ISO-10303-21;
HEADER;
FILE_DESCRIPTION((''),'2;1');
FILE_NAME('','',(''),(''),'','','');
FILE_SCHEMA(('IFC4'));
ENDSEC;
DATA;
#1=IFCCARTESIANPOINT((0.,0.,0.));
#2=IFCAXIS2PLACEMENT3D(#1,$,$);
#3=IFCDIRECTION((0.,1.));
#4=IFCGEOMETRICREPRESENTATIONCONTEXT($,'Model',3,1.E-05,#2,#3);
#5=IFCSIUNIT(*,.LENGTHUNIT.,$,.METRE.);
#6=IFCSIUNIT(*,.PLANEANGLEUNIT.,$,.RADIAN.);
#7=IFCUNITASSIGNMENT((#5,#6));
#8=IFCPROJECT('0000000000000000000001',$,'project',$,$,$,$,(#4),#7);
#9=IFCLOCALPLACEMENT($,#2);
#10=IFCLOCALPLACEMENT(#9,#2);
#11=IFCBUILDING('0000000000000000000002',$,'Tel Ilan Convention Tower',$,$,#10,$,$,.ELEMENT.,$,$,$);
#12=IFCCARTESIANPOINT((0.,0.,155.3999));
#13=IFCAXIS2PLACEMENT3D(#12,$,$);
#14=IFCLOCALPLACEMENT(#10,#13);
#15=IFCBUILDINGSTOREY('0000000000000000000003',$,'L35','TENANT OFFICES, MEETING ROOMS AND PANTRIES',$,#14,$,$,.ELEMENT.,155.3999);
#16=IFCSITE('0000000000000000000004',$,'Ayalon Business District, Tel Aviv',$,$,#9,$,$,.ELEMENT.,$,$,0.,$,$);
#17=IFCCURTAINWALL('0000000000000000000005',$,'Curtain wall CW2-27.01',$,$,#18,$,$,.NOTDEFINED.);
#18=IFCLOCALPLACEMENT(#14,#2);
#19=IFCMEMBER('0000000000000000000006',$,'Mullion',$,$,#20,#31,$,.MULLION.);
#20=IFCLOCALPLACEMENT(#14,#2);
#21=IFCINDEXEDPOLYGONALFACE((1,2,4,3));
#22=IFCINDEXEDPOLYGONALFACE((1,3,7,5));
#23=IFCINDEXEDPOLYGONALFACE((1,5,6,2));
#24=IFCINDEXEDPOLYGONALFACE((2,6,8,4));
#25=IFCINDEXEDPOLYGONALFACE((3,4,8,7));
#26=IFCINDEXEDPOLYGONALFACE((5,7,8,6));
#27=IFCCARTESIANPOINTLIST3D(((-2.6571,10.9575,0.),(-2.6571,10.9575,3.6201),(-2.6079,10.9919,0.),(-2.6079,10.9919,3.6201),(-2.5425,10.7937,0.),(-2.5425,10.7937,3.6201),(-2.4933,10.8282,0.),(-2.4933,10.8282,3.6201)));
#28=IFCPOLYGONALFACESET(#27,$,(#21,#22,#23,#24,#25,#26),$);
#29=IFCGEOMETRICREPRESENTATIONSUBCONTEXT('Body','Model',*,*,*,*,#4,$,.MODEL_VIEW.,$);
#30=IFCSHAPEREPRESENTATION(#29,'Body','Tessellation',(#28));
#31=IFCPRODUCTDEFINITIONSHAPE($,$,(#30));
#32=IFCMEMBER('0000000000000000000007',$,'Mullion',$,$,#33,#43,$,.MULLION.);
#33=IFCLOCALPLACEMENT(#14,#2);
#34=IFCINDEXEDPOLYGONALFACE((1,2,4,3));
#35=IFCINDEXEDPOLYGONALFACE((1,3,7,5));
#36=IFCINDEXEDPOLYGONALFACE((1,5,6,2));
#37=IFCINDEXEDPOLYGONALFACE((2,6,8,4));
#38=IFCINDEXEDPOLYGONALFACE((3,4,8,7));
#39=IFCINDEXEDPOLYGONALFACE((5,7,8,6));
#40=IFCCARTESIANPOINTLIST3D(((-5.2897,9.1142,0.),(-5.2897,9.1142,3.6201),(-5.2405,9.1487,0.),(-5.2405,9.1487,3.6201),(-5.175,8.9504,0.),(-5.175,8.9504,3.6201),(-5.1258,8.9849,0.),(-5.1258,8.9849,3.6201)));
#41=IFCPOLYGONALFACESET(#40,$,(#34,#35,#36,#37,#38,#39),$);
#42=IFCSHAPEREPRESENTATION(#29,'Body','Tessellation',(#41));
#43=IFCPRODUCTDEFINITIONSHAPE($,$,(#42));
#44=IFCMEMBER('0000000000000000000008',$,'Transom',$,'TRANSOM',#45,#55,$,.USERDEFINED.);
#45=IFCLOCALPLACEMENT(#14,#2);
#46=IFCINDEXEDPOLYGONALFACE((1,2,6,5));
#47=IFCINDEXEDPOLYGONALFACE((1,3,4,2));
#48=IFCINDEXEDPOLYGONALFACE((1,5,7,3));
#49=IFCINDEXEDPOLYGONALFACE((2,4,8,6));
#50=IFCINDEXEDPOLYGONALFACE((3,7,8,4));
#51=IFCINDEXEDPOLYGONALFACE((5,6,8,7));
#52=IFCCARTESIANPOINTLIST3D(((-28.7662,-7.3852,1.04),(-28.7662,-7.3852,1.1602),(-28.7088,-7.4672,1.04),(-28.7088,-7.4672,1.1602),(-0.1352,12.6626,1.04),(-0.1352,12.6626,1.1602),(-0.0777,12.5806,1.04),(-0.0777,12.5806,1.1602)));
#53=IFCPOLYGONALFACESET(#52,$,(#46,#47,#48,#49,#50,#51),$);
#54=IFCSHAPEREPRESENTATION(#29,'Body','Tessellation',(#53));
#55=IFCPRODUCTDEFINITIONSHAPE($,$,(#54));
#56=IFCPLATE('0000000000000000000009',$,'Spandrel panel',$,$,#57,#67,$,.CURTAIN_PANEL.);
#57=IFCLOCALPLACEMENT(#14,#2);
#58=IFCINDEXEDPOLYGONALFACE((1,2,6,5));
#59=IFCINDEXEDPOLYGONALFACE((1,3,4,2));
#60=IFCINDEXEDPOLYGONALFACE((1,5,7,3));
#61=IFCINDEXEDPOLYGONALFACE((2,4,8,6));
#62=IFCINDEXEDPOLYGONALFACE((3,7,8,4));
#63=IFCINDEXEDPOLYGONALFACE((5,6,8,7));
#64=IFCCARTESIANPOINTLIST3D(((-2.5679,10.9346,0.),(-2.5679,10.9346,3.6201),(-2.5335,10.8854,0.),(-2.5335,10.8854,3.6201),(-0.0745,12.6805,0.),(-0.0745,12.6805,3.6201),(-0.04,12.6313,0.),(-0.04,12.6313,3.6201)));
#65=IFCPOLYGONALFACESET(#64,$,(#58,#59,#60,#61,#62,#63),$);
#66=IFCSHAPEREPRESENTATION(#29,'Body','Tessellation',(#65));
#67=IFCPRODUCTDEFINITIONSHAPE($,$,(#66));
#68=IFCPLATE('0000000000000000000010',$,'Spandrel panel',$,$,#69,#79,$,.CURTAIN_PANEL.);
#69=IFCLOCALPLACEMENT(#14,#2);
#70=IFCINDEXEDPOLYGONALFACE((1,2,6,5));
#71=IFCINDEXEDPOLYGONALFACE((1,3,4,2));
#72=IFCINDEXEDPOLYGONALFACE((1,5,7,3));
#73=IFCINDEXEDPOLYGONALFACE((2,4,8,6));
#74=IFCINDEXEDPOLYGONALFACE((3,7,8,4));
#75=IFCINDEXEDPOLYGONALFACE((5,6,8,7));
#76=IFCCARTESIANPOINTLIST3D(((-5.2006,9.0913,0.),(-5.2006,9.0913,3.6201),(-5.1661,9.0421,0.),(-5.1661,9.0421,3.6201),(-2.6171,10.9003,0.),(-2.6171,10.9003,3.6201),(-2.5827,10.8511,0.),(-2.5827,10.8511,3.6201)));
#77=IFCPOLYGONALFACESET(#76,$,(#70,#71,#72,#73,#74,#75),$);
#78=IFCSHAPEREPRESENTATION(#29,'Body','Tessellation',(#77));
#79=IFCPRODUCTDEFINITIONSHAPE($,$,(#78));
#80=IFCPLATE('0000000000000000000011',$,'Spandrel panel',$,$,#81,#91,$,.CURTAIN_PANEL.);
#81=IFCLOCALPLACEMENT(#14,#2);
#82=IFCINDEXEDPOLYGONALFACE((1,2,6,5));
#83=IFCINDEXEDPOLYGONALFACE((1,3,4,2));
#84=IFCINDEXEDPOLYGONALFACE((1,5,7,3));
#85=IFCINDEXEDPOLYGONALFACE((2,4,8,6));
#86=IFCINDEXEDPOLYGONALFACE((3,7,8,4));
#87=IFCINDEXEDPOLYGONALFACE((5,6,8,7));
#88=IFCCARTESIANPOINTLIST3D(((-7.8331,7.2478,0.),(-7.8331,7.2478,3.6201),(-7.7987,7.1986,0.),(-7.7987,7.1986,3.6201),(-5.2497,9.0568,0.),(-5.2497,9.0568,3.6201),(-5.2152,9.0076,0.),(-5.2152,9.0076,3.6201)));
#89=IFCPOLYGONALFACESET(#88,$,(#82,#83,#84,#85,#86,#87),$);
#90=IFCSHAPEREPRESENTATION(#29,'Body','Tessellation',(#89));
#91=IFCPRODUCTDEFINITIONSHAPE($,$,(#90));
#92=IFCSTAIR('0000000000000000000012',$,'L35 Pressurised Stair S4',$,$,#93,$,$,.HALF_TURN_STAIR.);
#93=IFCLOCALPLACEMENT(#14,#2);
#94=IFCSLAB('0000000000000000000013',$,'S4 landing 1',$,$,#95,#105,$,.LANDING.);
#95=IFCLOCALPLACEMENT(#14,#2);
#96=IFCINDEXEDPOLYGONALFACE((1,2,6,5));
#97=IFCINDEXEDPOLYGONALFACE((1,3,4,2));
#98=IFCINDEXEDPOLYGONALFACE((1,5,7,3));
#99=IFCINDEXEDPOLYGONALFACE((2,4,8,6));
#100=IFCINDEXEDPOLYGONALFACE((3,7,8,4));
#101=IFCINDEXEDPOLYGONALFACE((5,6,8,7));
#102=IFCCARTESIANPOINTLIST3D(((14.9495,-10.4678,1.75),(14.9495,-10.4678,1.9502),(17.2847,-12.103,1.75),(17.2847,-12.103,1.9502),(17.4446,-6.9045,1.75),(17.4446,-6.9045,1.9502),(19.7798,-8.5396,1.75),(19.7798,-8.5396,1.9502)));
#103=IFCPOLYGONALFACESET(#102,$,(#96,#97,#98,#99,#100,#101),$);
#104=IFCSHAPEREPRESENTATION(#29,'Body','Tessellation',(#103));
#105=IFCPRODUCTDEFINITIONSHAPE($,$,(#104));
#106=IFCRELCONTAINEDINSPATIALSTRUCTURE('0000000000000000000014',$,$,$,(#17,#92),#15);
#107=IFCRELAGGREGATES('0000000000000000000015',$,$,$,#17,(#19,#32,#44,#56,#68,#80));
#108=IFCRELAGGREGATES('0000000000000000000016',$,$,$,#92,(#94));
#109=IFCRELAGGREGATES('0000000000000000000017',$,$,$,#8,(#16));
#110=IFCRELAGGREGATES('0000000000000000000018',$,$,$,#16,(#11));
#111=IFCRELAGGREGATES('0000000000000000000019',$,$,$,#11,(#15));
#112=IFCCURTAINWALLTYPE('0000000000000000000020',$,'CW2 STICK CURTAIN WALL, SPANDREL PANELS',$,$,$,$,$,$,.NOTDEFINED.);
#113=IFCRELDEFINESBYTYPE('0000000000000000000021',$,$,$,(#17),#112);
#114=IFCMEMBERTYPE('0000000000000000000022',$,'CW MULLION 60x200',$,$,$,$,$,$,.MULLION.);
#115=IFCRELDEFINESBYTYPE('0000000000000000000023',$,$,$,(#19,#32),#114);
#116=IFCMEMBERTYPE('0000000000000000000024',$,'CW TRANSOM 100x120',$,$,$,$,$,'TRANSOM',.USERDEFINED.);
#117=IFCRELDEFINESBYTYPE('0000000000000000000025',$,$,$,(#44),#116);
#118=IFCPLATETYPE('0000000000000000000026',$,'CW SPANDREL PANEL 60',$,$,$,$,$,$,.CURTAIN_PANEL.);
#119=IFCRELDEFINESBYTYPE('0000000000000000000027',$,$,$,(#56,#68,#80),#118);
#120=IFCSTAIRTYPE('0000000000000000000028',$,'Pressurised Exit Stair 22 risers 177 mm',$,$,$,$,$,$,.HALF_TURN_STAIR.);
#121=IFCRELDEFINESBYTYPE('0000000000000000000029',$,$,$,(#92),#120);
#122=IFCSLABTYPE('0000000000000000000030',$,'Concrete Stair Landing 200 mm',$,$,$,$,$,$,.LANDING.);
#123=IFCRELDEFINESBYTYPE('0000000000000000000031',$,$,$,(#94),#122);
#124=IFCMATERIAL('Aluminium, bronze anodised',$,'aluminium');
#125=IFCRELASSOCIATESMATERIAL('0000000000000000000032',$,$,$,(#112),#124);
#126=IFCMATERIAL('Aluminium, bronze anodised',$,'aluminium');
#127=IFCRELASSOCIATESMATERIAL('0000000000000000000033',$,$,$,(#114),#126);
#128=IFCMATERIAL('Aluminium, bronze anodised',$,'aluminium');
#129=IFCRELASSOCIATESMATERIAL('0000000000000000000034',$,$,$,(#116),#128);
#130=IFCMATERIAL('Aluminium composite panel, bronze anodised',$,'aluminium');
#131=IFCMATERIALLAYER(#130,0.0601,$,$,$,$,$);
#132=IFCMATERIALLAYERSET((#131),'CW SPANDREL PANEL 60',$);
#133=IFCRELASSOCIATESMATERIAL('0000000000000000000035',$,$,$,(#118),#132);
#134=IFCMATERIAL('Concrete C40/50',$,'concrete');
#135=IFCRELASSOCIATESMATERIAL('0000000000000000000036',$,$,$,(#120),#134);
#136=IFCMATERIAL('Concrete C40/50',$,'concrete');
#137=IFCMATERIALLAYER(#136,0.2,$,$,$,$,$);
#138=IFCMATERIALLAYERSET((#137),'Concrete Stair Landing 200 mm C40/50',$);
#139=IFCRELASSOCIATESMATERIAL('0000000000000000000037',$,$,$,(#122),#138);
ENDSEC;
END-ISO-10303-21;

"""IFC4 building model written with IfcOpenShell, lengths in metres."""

from ifc_helpers import new_model, si_unit, direction, frame, origin, origin_2d, place, context, subcontext, project, spatial, polyline, rectangle, outline, extrude, material, layer, layer_set, material_profile, profile_set, type_object, element, aggregate, save


model = new_model("IFC4")

# Units and contexts
model_context = context("Model", 3, precision=1e-05, world=origin(), true_north=direction((0.0, 1.0)))
body_context = subcontext(model_context, "Body", "Model", "MODEL_VIEW")
ifc_project = project(units=[si_unit("LENGTHUNIT", "METRE"), si_unit("PLANEANGLEUNIT", "RADIAN")], contexts=[model_context])

# Site, building, storey
site_placement = place(None, origin())
site = spatial("IfcSite", under=ifc_project, at=site_placement, Name="Ayalon Business District, Tel Aviv", CompositionType="ELEMENT", RefElevation=0.0)
building_placement = place(site_placement, origin())
building = spatial("IfcBuilding", under=site, at=building_placement, Name="Tel Ilan Convention Tower", CompositionType="ELEMENT")
storey_placement = place(building_placement, frame((0.0, 0.0, 155.3999)))
storey = spatial("IfcBuildingStorey", under=building, at=storey_placement, Name="L35", Description="TENANT OFFICES, MEETING ROOMS AND PANTRIES", CompositionType="ELEMENT", Elevation=155.3999)

# Curtain wall, members, plates
ifc_material_1 = material(Name="Aluminium, bronze anodised", Category="aluminium")
curtain_wall_type = type_object("IfcCurtainWallType", Name="CW2 STICK CURTAIN WALL, SPANDREL PANELS", PredefinedType="NOTDEFINED", material=ifc_material_1)
curtain_wall_placement = place(storey_placement, origin())
curtain_wall = element("IfcCurtainWall", 1, at=curtain_wall_placement, inside=storey, type_object=curtain_wall_type, Name="Curtain wall CW2-27.01", PredefinedType="NOTDEFINED")
ifc_material_2 = material(Name="Aluminium, bronze anodised", Category="aluminium")
ifc_material_profile_1 = material_profile(ifc_material_2, rectangle(XDim=0.0601, YDim=0.2, at=origin_2d()), Name="CW MULLION 60x200")
ifc_profile_set_1 = profile_set([ifc_material_profile_1], Name="Aluminium, bronze anodised")
member_type_1 = type_object("IfcMemberType", Name="CW MULLION 60x200", PredefinedType="MULLION", material=ifc_profile_set_1)
member_1_placement = place(storey_placement, frame((-2.5752, 10.8928, 0.0), z_axis=(0.0, 0.0, 1.0), x_axis=(-0.819152, -0.573576, 0.0)))
member_1 = element("IfcMember", 2, at=member_1_placement, type_object=member_type_1, Name="Mullion", PredefinedType="MULLION", context=body_context, shape_type="SweptSolid", body=[
    extrude(rectangle(XDim=0.0601, YDim=0.2, at=origin_2d()), origin(), (0.0, 0.0, 1.0), 3.6201),
])
member_2_placement = place(storey_placement, frame((-5.2078, 9.0496, 0.0), z_axis=(0.0, 0.0, 1.0), x_axis=(-0.819152, -0.573576, 0.0)))
member_2 = element("IfcMember", 3, at=member_2_placement, type_object=member_type_1, Name="Mullion", PredefinedType="MULLION", context=body_context, shape_type="SweptSolid", body=[
    extrude(rectangle(XDim=0.0601, YDim=0.2, at=origin_2d()), origin(), (0.0, 0.0, 1.0), 3.6201),
])
ifc_material_3 = material(Name="Aluminium, bronze anodised", Category="aluminium")
ifc_material_profile_2 = material_profile(ifc_material_3, rectangle(XDim=0.1001, YDim=0.1201, at=origin_2d()), Name="CW TRANSOM 100x120")
ifc_profile_set_2 = profile_set([ifc_material_profile_2], Name="Aluminium, bronze anodised")
member_type_2 = type_object("IfcMemberType", Name="CW TRANSOM 100x120", ElementType="TRANSOM", PredefinedType="USERDEFINED", material=ifc_profile_set_2)
member_3_placement = place(storey_placement, frame((-0.1064, 12.6216, 1.1001), z_axis=(-0.81915, -0.573579, 0.0), x_axis=(0.573579, -0.81915, 0.0)))
member_3 = element("IfcMember", 4, at=member_3_placement, type_object=member_type_2, Name="Transom", ObjectType="TRANSOM", PredefinedType="USERDEFINED", context=body_context, shape_type="SweptSolid", body=[
    extrude(rectangle(XDim=0.1001, YDim=0.1201, at=origin_2d()), origin(), (0.0, 0.0, 1.0), 34.9521),
])
ifc_material_4 = material(Name="Aluminium composite panel, bronze anodised", Category="aluminium")
ifc_layer_1 = layer(ifc_material_4, 0.0601)
ifc_layer_set_1 = layer_set([ifc_layer_1], Name="CW SPANDREL PANEL 60")
plate_type = type_object("IfcPlateType", Name="CW SPANDREL PANEL 60", PredefinedType="CURTAIN_PANEL", material=ifc_layer_set_1)
plate_1_placement = place(storey_placement, frame((-1.304, 11.783, 0.0), z_axis=(0.0, 0.0, 1.0), x_axis=(-0.819152, -0.573576, 0.0)))
plate_1 = element("IfcPlate", 5, at=plate_1_placement, type_object=plate_type, Name="Spandrel panel", PredefinedType="CURTAIN_PANEL", context=body_context, shape_type="SweptSolid", body=[
    extrude(rectangle(XDim=3.0439, YDim=0.0601, at=origin_2d()), origin(), (0.0, 0.0, 1.0), 3.6201),
])
plate_2_placement = place(storey_placement, frame((-3.8916, 9.9712, 0.0), z_axis=(0.0, 0.0, 1.0), x_axis=(-0.819152, -0.573576, 0.0)))
plate_2 = element("IfcPlate", 6, at=plate_2_placement, type_object=plate_type, Name="Spandrel panel", PredefinedType="CURTAIN_PANEL", context=body_context, shape_type="SweptSolid", body=[
    extrude(rectangle(XDim=3.1538, YDim=0.0601, at=origin_2d()), origin(), (0.0, 0.0, 1.0), 3.6201),
])
plate_3_placement = place(storey_placement, frame((-6.5242, 8.1277, 0.0), z_axis=(0.0, 0.0, 1.0), x_axis=(-0.819152, -0.573576, 0.0)))
plate_3 = element("IfcPlate", 7, at=plate_3_placement, type_object=plate_type, Name="Spandrel panel", PredefinedType="CURTAIN_PANEL", context=body_context, shape_type="SweptSolid", body=[
    extrude(rectangle(XDim=3.1538, YDim=0.0601, at=origin_2d()), origin(), (0.0, 0.0, 1.0), 3.6201),
])
aggregate(curtain_wall, [member_1, member_2, member_3, plate_1, plate_2, plate_3])

# Stair, slab
ifc_material_5 = material(Name="Concrete C40/50", Category="concrete")
stair_type = type_object("IfcStairType", Name="Pressurised Exit Stair 22 risers 177 mm", PredefinedType="HALF_TURN_STAIR", material=ifc_material_5)
stair_placement = place(storey_placement, origin())
stair = element("IfcStair", 8, at=stair_placement, inside=storey, type_object=stair_type, Name="L35 Pressurised Stair S4", PredefinedType="HALF_TURN_STAIR")
ifc_material_6 = material(Name="Concrete C40/50", Category="concrete")
ifc_layer_2 = layer(ifc_material_6, 0.2)
ifc_layer_set_2 = layer_set([ifc_layer_2], Name="Concrete Stair Landing 200 mm C40/50")
slab_type_1 = type_object("IfcSlabType", Name="Concrete Stair Landing 200 mm", PredefinedType="LANDING", material=ifc_layer_set_2)
slab_1_placement = place(storey_placement, frame((0.0, 0.0, 1.75)))
slab_1 = element("IfcSlab", 9, at=slab_1_placement, type_object=slab_type_1, Name="S4 landing 1", PredefinedType="LANDING", context=body_context, shape_type="SweptSolid", body=[
    extrude(outline(polyline([(19.7798, -8.5396), (17.4446, -6.9045), (14.9495, -10.4678), (17.2847, -12.103), (19.7798, -8.5396)])), origin(), (0.0, 0.0, 1.0), 0.2002),
])
aggregate(stair, [slab_1])

save(model, "model.ifc")
